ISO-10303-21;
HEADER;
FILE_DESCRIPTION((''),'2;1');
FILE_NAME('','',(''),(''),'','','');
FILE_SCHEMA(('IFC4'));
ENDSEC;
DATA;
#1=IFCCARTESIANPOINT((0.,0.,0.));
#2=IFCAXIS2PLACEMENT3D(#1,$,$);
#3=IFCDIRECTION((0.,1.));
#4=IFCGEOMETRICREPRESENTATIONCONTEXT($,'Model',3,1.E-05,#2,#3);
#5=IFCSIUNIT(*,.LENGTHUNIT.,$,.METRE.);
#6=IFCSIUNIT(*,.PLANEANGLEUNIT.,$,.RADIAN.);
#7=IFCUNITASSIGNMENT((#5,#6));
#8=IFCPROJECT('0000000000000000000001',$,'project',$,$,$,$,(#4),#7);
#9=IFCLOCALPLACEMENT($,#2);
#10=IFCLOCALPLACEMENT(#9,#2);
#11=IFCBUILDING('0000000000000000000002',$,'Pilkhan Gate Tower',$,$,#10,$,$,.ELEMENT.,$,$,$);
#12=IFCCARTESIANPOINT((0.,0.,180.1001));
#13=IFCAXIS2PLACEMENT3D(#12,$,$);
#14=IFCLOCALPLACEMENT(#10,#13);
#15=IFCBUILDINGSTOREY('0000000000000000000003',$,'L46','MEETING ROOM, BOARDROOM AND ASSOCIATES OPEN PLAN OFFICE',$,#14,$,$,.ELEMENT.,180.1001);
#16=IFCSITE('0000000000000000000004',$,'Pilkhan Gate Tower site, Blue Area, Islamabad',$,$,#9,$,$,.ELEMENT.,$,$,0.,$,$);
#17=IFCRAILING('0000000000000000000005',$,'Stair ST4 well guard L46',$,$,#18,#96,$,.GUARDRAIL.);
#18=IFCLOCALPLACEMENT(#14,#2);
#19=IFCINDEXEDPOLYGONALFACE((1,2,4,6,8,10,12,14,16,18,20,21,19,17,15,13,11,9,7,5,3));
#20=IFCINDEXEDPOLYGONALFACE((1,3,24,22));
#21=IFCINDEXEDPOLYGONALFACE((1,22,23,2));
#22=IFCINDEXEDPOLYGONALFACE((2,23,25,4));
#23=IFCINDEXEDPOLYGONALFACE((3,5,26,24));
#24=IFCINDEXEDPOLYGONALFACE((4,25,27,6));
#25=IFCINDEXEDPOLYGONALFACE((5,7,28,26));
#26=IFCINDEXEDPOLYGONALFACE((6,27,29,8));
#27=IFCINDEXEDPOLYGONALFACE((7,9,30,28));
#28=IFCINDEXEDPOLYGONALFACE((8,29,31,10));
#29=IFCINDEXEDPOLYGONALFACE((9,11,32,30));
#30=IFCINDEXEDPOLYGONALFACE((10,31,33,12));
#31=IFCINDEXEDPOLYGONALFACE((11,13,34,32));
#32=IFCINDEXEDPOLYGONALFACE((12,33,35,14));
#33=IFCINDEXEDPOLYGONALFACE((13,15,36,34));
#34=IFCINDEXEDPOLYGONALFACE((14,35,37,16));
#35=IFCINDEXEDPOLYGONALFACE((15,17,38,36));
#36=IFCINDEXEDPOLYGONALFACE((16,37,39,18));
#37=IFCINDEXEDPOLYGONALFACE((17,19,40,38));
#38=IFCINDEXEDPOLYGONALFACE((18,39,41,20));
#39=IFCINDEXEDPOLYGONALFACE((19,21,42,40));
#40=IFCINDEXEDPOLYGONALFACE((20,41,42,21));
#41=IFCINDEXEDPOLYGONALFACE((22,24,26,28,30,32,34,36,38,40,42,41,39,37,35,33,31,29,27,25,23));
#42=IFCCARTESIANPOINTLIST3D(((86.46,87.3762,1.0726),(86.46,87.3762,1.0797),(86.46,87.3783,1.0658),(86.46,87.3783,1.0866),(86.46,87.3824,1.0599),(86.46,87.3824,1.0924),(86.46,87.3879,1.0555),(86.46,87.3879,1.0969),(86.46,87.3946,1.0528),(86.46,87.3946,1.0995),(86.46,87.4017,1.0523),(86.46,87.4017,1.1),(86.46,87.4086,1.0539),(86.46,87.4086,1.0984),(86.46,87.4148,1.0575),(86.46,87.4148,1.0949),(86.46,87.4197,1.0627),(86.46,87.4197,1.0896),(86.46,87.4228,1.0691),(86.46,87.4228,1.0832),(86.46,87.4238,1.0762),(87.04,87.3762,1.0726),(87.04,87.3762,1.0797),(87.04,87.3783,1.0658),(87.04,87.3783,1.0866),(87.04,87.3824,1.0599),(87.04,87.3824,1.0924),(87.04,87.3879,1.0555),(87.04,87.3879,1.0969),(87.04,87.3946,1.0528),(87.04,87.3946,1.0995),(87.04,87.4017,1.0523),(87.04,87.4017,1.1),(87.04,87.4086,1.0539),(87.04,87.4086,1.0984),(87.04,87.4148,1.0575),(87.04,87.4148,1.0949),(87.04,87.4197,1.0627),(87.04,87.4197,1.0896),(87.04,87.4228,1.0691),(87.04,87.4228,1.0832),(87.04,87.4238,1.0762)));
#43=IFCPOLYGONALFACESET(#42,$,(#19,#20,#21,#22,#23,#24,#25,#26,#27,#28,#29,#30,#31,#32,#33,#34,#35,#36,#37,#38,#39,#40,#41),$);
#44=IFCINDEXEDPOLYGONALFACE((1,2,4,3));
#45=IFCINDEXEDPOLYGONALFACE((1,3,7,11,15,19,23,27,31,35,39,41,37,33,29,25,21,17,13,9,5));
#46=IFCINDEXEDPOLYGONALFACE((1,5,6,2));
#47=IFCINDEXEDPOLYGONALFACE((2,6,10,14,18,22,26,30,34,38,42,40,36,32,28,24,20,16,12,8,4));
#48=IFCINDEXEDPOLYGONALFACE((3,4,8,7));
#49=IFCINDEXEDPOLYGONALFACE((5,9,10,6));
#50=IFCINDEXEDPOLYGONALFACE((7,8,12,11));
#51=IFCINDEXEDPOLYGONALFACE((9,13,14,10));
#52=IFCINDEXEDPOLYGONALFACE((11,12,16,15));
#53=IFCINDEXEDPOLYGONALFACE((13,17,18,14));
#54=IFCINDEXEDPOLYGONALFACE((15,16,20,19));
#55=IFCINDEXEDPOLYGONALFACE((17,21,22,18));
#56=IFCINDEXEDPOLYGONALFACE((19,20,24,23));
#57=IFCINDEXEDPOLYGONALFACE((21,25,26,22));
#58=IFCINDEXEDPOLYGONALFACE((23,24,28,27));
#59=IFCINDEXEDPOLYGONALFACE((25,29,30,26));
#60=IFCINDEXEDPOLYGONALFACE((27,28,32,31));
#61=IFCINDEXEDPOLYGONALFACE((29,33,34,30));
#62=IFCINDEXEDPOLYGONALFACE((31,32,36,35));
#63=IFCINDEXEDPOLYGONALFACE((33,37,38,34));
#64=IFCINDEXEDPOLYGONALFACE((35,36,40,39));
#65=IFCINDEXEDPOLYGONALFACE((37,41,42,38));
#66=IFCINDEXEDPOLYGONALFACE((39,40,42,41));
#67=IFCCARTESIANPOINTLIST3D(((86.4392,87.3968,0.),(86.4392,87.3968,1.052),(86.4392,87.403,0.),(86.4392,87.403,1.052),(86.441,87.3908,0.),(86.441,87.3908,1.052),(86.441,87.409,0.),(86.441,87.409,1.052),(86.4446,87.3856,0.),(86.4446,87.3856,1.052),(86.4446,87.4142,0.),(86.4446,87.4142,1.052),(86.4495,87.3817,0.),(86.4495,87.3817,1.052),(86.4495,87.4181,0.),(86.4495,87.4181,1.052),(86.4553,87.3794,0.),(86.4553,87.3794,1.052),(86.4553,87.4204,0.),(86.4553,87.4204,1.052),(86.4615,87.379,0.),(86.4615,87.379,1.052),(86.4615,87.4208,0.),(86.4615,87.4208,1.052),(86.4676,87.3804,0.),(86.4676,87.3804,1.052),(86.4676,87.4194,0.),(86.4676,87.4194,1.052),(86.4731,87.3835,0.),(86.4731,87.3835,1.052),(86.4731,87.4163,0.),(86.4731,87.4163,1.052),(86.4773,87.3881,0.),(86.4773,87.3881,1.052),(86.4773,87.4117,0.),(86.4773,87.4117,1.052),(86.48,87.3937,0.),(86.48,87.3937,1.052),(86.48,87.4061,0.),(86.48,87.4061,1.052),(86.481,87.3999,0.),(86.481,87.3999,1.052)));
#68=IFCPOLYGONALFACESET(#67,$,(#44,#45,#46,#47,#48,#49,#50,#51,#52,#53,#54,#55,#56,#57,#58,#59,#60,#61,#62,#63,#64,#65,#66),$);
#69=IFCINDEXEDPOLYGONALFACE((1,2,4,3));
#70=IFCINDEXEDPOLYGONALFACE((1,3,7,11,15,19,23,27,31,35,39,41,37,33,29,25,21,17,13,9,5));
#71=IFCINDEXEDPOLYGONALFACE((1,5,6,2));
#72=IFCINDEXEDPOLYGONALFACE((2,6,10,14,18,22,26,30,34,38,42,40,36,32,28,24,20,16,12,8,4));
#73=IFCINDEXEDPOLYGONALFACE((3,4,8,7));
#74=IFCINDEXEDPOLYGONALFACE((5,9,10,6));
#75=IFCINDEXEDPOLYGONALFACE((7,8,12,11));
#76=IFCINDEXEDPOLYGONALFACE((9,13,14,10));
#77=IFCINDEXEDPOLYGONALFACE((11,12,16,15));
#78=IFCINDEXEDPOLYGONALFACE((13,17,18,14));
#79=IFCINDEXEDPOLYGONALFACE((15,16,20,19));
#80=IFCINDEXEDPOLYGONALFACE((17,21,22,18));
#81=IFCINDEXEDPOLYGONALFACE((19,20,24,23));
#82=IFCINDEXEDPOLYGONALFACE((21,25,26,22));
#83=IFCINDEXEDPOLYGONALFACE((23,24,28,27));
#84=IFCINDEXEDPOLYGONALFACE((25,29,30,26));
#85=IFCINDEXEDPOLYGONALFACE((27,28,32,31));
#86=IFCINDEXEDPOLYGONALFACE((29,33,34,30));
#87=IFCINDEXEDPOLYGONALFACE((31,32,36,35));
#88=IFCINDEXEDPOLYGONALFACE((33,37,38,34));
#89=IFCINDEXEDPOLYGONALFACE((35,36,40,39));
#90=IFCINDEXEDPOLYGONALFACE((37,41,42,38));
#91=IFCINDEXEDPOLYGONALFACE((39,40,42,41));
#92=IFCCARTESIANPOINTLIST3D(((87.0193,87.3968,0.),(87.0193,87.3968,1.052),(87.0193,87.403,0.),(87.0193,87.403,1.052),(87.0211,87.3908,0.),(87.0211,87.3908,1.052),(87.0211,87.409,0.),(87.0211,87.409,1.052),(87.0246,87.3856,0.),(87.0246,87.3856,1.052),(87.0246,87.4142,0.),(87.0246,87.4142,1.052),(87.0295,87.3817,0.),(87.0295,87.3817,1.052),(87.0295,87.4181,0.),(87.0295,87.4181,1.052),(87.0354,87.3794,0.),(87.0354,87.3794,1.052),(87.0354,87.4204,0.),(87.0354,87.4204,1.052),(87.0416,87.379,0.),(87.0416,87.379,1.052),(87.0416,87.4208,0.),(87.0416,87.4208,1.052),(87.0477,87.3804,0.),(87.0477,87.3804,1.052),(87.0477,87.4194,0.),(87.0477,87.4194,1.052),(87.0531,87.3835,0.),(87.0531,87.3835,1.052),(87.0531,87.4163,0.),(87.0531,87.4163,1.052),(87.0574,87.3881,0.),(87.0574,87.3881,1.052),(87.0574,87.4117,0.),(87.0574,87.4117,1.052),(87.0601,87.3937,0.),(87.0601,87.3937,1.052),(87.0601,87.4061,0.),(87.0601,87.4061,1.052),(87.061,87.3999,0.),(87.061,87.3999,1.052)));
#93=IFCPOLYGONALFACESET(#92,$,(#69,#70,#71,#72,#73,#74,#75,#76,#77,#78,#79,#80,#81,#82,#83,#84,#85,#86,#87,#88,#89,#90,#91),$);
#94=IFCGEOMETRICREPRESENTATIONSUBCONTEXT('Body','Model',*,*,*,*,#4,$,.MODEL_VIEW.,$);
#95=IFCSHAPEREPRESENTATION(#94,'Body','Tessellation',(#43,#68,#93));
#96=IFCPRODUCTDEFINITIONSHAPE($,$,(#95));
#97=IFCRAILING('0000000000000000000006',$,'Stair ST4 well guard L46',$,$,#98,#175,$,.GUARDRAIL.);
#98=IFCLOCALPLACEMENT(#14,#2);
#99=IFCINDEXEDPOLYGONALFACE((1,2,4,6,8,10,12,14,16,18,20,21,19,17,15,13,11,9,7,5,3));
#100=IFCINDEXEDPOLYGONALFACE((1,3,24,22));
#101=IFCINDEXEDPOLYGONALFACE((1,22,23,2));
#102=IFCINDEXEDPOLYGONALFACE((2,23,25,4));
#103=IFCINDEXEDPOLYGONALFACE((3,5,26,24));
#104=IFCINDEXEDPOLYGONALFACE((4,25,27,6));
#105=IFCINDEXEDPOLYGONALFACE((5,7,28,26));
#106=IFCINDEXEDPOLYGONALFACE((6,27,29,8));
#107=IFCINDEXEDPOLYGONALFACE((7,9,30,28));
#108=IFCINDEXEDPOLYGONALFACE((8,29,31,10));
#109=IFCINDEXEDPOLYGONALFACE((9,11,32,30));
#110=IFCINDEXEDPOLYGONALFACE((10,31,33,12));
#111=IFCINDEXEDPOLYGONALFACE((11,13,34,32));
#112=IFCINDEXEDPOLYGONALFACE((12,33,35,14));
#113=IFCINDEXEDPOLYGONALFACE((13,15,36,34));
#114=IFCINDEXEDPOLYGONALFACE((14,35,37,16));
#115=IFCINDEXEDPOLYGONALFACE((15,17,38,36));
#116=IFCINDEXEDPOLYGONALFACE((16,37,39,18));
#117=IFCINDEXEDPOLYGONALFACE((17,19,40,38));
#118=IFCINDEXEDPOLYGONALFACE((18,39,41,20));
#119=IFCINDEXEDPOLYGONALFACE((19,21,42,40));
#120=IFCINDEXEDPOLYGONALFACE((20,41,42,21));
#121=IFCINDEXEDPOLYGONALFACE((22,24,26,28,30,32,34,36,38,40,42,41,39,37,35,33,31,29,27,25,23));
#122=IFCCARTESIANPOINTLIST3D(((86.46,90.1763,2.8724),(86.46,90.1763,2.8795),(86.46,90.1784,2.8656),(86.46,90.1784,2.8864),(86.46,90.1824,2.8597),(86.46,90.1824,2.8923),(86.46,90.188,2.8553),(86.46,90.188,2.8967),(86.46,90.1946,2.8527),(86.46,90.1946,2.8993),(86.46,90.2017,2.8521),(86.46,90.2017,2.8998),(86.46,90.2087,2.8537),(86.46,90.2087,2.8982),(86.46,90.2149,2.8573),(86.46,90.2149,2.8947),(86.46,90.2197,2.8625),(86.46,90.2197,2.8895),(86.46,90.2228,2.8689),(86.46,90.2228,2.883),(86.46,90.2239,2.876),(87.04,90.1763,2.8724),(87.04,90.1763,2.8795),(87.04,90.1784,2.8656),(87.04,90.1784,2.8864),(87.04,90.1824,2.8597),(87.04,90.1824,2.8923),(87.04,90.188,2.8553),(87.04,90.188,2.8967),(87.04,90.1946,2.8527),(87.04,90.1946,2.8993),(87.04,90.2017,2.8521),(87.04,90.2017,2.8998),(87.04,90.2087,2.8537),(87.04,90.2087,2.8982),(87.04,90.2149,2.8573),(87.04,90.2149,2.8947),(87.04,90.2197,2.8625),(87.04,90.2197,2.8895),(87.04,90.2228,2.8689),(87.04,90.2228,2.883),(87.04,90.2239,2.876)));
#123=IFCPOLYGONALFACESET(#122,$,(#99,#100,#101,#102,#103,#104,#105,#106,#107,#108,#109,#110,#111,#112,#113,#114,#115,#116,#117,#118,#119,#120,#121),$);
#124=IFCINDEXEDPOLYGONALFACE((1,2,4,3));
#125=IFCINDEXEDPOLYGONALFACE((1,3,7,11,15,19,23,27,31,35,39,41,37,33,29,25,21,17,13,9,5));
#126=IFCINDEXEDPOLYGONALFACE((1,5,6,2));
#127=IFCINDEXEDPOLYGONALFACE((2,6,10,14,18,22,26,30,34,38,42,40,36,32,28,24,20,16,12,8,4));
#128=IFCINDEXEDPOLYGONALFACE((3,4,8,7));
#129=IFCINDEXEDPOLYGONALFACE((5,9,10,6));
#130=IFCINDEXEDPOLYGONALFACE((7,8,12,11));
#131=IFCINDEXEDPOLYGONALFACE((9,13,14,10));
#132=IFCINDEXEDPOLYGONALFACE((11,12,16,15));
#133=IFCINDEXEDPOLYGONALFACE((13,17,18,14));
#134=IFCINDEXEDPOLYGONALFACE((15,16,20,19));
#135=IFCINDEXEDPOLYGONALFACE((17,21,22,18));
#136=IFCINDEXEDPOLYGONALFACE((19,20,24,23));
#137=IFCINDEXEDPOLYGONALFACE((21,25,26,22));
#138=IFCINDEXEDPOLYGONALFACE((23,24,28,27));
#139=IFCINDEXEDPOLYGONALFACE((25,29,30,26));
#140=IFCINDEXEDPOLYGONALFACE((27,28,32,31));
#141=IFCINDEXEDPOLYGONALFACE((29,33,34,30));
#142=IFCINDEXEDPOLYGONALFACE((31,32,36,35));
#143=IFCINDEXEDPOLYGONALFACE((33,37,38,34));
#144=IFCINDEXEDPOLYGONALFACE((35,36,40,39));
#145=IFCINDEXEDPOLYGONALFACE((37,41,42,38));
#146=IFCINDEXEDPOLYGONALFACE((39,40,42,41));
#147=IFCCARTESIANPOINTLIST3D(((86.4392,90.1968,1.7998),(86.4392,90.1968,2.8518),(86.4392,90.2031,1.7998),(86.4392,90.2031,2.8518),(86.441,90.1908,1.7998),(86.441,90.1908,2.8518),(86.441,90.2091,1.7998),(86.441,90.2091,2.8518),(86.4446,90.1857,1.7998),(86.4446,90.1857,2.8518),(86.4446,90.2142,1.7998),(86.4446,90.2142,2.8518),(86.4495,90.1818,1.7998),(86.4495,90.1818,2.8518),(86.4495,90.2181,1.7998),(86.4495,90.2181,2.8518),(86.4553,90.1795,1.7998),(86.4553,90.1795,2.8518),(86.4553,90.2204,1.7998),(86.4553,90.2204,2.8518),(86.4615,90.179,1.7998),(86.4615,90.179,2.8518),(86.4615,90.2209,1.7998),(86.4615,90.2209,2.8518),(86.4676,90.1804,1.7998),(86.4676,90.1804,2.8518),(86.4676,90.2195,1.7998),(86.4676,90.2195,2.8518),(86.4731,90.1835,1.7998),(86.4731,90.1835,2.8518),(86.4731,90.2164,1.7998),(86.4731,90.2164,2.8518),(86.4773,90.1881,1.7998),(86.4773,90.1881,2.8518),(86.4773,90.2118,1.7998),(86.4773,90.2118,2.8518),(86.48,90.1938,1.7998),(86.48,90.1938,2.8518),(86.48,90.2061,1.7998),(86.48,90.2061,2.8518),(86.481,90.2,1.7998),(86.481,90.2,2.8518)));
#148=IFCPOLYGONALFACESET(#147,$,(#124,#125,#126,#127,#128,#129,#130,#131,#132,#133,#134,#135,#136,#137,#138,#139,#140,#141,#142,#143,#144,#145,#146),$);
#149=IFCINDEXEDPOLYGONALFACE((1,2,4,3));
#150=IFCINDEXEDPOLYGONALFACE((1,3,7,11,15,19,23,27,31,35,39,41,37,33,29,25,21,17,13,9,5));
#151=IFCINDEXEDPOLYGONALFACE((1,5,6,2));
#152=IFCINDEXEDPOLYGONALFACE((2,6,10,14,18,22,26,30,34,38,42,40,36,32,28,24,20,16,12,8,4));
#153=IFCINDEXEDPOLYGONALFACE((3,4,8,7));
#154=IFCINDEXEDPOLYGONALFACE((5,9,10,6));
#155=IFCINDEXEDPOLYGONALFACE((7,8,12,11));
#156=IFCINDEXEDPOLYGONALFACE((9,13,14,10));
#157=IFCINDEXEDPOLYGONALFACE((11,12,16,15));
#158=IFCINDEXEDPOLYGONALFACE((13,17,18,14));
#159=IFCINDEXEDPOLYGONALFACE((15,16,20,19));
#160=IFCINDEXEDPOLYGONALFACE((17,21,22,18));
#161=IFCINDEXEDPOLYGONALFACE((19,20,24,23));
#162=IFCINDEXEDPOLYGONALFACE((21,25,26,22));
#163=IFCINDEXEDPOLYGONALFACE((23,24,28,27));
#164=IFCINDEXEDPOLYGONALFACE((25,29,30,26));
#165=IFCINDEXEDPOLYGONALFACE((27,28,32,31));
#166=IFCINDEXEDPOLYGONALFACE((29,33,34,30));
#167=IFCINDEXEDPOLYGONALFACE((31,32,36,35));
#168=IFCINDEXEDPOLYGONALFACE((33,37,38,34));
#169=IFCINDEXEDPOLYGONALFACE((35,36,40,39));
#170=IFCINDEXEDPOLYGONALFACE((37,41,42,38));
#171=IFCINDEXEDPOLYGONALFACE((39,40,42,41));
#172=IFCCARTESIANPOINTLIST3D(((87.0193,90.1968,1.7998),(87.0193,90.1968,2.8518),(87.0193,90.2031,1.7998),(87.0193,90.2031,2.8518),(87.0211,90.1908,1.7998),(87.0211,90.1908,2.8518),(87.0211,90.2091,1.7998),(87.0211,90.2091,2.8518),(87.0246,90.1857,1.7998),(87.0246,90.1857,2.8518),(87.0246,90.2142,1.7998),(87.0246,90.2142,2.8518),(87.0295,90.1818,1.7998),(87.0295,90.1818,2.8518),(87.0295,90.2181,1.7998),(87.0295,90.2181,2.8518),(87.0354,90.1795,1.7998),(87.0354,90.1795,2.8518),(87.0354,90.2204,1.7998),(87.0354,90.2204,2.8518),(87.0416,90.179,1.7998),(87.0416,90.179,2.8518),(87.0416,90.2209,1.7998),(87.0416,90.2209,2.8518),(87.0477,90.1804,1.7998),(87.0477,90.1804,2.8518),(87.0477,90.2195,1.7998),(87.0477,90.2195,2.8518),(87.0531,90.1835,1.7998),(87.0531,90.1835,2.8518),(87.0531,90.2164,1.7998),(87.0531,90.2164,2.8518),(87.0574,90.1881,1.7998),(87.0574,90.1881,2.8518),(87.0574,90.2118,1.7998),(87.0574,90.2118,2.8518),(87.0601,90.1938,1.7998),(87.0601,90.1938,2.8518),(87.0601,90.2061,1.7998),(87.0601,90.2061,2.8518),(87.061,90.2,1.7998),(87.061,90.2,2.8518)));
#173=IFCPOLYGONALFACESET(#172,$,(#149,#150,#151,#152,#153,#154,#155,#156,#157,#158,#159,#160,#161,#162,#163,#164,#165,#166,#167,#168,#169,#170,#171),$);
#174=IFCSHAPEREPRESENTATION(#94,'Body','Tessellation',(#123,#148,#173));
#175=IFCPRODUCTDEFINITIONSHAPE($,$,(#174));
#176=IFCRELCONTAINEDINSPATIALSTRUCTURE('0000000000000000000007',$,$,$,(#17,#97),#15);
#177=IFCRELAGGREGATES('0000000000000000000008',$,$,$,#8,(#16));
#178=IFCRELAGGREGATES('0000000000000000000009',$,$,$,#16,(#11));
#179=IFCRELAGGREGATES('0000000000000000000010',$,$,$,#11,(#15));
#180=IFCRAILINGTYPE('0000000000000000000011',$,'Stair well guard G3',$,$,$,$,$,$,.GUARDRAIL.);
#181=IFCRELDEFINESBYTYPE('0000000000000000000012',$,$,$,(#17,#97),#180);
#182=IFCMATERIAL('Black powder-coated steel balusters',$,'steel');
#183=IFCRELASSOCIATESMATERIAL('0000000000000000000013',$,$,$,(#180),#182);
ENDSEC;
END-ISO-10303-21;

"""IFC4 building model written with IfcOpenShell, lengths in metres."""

from ifc_helpers import new_model, si_unit, direction, frame, origin, origin_2d, place, context, subcontext, project, spatial, circle, extrude, material, type_object, element, save


model = new_model("IFC4")

# Units and contexts
model_context = context("Model", 3, precision=1e-05, world=origin(), true_north=direction((0.0, 1.0)))
body_context = subcontext(model_context, "Body", "Model", "MODEL_VIEW")
ifc_project = project(units=[si_unit("LENGTHUNIT", "METRE"), si_unit("PLANEANGLEUNIT", "RADIAN")], contexts=[model_context])

# Site, building, storey
site_placement = place(None, origin())
site = spatial("IfcSite", under=ifc_project, at=site_placement, Name="Pilkhan Gate Tower site, Blue Area, Islamabad", CompositionType="ELEMENT", RefElevation=0.0)
building_placement = place(site_placement, origin())
building = spatial("IfcBuilding", under=site, at=building_placement, Name="Pilkhan Gate Tower", CompositionType="ELEMENT")
storey_placement = place(building_placement, frame((0.0, 0.0, 180.1001)))
storey = spatial("IfcBuildingStorey", under=building, at=storey_placement, Name="L46", Description="MEETING ROOM, BOARDROOM AND ASSOCIATES OPEN PLAN OFFICE", CompositionType="ELEMENT", Elevation=180.1001)

# Railings
ifc_material_1 = material(Name="Black powder-coated steel balusters", Category="steel")
railing_type_1 = type_object("IfcRailingType", Name="Stair well guard G3", PredefinedType="GUARDRAIL", material=ifc_material_1)
for number, where, name in (
    (1, (86.46, 87.3999, 0.0), "Stair ST4 well guard L46"),
    (2, (86.46, 90.2, 1.7998), "Stair ST4 well guard L46"),
):
    element("IfcRailing", number, at=place(storey_placement, frame(where)), inside=storey, type_object=railing_type_1, Name=name, PredefinedType="GUARDRAIL", context=body_context, shape_type="SweptSolid", body=[
        extrude(circle(Radius=0.0239, at=origin_2d()), frame((0.0, 0.0, 1.0762), z_axis=(1.0, 0.0, 0.0), x_axis=(0.0, 1.0, 0.0)), (0.0, 0.0, 1.0), 0.5801),
        extrude(circle(Radius=0.021, at=origin_2d()), origin(), (0.0, 0.0, 1.0), 1.052),
        extrude(circle(Radius=0.021, at=origin_2d()), frame((0.5801, 0.0, 0.0)), (0.0, 0.0, 1.0), 1.052),
    ])

save(model, "model.ifc")
